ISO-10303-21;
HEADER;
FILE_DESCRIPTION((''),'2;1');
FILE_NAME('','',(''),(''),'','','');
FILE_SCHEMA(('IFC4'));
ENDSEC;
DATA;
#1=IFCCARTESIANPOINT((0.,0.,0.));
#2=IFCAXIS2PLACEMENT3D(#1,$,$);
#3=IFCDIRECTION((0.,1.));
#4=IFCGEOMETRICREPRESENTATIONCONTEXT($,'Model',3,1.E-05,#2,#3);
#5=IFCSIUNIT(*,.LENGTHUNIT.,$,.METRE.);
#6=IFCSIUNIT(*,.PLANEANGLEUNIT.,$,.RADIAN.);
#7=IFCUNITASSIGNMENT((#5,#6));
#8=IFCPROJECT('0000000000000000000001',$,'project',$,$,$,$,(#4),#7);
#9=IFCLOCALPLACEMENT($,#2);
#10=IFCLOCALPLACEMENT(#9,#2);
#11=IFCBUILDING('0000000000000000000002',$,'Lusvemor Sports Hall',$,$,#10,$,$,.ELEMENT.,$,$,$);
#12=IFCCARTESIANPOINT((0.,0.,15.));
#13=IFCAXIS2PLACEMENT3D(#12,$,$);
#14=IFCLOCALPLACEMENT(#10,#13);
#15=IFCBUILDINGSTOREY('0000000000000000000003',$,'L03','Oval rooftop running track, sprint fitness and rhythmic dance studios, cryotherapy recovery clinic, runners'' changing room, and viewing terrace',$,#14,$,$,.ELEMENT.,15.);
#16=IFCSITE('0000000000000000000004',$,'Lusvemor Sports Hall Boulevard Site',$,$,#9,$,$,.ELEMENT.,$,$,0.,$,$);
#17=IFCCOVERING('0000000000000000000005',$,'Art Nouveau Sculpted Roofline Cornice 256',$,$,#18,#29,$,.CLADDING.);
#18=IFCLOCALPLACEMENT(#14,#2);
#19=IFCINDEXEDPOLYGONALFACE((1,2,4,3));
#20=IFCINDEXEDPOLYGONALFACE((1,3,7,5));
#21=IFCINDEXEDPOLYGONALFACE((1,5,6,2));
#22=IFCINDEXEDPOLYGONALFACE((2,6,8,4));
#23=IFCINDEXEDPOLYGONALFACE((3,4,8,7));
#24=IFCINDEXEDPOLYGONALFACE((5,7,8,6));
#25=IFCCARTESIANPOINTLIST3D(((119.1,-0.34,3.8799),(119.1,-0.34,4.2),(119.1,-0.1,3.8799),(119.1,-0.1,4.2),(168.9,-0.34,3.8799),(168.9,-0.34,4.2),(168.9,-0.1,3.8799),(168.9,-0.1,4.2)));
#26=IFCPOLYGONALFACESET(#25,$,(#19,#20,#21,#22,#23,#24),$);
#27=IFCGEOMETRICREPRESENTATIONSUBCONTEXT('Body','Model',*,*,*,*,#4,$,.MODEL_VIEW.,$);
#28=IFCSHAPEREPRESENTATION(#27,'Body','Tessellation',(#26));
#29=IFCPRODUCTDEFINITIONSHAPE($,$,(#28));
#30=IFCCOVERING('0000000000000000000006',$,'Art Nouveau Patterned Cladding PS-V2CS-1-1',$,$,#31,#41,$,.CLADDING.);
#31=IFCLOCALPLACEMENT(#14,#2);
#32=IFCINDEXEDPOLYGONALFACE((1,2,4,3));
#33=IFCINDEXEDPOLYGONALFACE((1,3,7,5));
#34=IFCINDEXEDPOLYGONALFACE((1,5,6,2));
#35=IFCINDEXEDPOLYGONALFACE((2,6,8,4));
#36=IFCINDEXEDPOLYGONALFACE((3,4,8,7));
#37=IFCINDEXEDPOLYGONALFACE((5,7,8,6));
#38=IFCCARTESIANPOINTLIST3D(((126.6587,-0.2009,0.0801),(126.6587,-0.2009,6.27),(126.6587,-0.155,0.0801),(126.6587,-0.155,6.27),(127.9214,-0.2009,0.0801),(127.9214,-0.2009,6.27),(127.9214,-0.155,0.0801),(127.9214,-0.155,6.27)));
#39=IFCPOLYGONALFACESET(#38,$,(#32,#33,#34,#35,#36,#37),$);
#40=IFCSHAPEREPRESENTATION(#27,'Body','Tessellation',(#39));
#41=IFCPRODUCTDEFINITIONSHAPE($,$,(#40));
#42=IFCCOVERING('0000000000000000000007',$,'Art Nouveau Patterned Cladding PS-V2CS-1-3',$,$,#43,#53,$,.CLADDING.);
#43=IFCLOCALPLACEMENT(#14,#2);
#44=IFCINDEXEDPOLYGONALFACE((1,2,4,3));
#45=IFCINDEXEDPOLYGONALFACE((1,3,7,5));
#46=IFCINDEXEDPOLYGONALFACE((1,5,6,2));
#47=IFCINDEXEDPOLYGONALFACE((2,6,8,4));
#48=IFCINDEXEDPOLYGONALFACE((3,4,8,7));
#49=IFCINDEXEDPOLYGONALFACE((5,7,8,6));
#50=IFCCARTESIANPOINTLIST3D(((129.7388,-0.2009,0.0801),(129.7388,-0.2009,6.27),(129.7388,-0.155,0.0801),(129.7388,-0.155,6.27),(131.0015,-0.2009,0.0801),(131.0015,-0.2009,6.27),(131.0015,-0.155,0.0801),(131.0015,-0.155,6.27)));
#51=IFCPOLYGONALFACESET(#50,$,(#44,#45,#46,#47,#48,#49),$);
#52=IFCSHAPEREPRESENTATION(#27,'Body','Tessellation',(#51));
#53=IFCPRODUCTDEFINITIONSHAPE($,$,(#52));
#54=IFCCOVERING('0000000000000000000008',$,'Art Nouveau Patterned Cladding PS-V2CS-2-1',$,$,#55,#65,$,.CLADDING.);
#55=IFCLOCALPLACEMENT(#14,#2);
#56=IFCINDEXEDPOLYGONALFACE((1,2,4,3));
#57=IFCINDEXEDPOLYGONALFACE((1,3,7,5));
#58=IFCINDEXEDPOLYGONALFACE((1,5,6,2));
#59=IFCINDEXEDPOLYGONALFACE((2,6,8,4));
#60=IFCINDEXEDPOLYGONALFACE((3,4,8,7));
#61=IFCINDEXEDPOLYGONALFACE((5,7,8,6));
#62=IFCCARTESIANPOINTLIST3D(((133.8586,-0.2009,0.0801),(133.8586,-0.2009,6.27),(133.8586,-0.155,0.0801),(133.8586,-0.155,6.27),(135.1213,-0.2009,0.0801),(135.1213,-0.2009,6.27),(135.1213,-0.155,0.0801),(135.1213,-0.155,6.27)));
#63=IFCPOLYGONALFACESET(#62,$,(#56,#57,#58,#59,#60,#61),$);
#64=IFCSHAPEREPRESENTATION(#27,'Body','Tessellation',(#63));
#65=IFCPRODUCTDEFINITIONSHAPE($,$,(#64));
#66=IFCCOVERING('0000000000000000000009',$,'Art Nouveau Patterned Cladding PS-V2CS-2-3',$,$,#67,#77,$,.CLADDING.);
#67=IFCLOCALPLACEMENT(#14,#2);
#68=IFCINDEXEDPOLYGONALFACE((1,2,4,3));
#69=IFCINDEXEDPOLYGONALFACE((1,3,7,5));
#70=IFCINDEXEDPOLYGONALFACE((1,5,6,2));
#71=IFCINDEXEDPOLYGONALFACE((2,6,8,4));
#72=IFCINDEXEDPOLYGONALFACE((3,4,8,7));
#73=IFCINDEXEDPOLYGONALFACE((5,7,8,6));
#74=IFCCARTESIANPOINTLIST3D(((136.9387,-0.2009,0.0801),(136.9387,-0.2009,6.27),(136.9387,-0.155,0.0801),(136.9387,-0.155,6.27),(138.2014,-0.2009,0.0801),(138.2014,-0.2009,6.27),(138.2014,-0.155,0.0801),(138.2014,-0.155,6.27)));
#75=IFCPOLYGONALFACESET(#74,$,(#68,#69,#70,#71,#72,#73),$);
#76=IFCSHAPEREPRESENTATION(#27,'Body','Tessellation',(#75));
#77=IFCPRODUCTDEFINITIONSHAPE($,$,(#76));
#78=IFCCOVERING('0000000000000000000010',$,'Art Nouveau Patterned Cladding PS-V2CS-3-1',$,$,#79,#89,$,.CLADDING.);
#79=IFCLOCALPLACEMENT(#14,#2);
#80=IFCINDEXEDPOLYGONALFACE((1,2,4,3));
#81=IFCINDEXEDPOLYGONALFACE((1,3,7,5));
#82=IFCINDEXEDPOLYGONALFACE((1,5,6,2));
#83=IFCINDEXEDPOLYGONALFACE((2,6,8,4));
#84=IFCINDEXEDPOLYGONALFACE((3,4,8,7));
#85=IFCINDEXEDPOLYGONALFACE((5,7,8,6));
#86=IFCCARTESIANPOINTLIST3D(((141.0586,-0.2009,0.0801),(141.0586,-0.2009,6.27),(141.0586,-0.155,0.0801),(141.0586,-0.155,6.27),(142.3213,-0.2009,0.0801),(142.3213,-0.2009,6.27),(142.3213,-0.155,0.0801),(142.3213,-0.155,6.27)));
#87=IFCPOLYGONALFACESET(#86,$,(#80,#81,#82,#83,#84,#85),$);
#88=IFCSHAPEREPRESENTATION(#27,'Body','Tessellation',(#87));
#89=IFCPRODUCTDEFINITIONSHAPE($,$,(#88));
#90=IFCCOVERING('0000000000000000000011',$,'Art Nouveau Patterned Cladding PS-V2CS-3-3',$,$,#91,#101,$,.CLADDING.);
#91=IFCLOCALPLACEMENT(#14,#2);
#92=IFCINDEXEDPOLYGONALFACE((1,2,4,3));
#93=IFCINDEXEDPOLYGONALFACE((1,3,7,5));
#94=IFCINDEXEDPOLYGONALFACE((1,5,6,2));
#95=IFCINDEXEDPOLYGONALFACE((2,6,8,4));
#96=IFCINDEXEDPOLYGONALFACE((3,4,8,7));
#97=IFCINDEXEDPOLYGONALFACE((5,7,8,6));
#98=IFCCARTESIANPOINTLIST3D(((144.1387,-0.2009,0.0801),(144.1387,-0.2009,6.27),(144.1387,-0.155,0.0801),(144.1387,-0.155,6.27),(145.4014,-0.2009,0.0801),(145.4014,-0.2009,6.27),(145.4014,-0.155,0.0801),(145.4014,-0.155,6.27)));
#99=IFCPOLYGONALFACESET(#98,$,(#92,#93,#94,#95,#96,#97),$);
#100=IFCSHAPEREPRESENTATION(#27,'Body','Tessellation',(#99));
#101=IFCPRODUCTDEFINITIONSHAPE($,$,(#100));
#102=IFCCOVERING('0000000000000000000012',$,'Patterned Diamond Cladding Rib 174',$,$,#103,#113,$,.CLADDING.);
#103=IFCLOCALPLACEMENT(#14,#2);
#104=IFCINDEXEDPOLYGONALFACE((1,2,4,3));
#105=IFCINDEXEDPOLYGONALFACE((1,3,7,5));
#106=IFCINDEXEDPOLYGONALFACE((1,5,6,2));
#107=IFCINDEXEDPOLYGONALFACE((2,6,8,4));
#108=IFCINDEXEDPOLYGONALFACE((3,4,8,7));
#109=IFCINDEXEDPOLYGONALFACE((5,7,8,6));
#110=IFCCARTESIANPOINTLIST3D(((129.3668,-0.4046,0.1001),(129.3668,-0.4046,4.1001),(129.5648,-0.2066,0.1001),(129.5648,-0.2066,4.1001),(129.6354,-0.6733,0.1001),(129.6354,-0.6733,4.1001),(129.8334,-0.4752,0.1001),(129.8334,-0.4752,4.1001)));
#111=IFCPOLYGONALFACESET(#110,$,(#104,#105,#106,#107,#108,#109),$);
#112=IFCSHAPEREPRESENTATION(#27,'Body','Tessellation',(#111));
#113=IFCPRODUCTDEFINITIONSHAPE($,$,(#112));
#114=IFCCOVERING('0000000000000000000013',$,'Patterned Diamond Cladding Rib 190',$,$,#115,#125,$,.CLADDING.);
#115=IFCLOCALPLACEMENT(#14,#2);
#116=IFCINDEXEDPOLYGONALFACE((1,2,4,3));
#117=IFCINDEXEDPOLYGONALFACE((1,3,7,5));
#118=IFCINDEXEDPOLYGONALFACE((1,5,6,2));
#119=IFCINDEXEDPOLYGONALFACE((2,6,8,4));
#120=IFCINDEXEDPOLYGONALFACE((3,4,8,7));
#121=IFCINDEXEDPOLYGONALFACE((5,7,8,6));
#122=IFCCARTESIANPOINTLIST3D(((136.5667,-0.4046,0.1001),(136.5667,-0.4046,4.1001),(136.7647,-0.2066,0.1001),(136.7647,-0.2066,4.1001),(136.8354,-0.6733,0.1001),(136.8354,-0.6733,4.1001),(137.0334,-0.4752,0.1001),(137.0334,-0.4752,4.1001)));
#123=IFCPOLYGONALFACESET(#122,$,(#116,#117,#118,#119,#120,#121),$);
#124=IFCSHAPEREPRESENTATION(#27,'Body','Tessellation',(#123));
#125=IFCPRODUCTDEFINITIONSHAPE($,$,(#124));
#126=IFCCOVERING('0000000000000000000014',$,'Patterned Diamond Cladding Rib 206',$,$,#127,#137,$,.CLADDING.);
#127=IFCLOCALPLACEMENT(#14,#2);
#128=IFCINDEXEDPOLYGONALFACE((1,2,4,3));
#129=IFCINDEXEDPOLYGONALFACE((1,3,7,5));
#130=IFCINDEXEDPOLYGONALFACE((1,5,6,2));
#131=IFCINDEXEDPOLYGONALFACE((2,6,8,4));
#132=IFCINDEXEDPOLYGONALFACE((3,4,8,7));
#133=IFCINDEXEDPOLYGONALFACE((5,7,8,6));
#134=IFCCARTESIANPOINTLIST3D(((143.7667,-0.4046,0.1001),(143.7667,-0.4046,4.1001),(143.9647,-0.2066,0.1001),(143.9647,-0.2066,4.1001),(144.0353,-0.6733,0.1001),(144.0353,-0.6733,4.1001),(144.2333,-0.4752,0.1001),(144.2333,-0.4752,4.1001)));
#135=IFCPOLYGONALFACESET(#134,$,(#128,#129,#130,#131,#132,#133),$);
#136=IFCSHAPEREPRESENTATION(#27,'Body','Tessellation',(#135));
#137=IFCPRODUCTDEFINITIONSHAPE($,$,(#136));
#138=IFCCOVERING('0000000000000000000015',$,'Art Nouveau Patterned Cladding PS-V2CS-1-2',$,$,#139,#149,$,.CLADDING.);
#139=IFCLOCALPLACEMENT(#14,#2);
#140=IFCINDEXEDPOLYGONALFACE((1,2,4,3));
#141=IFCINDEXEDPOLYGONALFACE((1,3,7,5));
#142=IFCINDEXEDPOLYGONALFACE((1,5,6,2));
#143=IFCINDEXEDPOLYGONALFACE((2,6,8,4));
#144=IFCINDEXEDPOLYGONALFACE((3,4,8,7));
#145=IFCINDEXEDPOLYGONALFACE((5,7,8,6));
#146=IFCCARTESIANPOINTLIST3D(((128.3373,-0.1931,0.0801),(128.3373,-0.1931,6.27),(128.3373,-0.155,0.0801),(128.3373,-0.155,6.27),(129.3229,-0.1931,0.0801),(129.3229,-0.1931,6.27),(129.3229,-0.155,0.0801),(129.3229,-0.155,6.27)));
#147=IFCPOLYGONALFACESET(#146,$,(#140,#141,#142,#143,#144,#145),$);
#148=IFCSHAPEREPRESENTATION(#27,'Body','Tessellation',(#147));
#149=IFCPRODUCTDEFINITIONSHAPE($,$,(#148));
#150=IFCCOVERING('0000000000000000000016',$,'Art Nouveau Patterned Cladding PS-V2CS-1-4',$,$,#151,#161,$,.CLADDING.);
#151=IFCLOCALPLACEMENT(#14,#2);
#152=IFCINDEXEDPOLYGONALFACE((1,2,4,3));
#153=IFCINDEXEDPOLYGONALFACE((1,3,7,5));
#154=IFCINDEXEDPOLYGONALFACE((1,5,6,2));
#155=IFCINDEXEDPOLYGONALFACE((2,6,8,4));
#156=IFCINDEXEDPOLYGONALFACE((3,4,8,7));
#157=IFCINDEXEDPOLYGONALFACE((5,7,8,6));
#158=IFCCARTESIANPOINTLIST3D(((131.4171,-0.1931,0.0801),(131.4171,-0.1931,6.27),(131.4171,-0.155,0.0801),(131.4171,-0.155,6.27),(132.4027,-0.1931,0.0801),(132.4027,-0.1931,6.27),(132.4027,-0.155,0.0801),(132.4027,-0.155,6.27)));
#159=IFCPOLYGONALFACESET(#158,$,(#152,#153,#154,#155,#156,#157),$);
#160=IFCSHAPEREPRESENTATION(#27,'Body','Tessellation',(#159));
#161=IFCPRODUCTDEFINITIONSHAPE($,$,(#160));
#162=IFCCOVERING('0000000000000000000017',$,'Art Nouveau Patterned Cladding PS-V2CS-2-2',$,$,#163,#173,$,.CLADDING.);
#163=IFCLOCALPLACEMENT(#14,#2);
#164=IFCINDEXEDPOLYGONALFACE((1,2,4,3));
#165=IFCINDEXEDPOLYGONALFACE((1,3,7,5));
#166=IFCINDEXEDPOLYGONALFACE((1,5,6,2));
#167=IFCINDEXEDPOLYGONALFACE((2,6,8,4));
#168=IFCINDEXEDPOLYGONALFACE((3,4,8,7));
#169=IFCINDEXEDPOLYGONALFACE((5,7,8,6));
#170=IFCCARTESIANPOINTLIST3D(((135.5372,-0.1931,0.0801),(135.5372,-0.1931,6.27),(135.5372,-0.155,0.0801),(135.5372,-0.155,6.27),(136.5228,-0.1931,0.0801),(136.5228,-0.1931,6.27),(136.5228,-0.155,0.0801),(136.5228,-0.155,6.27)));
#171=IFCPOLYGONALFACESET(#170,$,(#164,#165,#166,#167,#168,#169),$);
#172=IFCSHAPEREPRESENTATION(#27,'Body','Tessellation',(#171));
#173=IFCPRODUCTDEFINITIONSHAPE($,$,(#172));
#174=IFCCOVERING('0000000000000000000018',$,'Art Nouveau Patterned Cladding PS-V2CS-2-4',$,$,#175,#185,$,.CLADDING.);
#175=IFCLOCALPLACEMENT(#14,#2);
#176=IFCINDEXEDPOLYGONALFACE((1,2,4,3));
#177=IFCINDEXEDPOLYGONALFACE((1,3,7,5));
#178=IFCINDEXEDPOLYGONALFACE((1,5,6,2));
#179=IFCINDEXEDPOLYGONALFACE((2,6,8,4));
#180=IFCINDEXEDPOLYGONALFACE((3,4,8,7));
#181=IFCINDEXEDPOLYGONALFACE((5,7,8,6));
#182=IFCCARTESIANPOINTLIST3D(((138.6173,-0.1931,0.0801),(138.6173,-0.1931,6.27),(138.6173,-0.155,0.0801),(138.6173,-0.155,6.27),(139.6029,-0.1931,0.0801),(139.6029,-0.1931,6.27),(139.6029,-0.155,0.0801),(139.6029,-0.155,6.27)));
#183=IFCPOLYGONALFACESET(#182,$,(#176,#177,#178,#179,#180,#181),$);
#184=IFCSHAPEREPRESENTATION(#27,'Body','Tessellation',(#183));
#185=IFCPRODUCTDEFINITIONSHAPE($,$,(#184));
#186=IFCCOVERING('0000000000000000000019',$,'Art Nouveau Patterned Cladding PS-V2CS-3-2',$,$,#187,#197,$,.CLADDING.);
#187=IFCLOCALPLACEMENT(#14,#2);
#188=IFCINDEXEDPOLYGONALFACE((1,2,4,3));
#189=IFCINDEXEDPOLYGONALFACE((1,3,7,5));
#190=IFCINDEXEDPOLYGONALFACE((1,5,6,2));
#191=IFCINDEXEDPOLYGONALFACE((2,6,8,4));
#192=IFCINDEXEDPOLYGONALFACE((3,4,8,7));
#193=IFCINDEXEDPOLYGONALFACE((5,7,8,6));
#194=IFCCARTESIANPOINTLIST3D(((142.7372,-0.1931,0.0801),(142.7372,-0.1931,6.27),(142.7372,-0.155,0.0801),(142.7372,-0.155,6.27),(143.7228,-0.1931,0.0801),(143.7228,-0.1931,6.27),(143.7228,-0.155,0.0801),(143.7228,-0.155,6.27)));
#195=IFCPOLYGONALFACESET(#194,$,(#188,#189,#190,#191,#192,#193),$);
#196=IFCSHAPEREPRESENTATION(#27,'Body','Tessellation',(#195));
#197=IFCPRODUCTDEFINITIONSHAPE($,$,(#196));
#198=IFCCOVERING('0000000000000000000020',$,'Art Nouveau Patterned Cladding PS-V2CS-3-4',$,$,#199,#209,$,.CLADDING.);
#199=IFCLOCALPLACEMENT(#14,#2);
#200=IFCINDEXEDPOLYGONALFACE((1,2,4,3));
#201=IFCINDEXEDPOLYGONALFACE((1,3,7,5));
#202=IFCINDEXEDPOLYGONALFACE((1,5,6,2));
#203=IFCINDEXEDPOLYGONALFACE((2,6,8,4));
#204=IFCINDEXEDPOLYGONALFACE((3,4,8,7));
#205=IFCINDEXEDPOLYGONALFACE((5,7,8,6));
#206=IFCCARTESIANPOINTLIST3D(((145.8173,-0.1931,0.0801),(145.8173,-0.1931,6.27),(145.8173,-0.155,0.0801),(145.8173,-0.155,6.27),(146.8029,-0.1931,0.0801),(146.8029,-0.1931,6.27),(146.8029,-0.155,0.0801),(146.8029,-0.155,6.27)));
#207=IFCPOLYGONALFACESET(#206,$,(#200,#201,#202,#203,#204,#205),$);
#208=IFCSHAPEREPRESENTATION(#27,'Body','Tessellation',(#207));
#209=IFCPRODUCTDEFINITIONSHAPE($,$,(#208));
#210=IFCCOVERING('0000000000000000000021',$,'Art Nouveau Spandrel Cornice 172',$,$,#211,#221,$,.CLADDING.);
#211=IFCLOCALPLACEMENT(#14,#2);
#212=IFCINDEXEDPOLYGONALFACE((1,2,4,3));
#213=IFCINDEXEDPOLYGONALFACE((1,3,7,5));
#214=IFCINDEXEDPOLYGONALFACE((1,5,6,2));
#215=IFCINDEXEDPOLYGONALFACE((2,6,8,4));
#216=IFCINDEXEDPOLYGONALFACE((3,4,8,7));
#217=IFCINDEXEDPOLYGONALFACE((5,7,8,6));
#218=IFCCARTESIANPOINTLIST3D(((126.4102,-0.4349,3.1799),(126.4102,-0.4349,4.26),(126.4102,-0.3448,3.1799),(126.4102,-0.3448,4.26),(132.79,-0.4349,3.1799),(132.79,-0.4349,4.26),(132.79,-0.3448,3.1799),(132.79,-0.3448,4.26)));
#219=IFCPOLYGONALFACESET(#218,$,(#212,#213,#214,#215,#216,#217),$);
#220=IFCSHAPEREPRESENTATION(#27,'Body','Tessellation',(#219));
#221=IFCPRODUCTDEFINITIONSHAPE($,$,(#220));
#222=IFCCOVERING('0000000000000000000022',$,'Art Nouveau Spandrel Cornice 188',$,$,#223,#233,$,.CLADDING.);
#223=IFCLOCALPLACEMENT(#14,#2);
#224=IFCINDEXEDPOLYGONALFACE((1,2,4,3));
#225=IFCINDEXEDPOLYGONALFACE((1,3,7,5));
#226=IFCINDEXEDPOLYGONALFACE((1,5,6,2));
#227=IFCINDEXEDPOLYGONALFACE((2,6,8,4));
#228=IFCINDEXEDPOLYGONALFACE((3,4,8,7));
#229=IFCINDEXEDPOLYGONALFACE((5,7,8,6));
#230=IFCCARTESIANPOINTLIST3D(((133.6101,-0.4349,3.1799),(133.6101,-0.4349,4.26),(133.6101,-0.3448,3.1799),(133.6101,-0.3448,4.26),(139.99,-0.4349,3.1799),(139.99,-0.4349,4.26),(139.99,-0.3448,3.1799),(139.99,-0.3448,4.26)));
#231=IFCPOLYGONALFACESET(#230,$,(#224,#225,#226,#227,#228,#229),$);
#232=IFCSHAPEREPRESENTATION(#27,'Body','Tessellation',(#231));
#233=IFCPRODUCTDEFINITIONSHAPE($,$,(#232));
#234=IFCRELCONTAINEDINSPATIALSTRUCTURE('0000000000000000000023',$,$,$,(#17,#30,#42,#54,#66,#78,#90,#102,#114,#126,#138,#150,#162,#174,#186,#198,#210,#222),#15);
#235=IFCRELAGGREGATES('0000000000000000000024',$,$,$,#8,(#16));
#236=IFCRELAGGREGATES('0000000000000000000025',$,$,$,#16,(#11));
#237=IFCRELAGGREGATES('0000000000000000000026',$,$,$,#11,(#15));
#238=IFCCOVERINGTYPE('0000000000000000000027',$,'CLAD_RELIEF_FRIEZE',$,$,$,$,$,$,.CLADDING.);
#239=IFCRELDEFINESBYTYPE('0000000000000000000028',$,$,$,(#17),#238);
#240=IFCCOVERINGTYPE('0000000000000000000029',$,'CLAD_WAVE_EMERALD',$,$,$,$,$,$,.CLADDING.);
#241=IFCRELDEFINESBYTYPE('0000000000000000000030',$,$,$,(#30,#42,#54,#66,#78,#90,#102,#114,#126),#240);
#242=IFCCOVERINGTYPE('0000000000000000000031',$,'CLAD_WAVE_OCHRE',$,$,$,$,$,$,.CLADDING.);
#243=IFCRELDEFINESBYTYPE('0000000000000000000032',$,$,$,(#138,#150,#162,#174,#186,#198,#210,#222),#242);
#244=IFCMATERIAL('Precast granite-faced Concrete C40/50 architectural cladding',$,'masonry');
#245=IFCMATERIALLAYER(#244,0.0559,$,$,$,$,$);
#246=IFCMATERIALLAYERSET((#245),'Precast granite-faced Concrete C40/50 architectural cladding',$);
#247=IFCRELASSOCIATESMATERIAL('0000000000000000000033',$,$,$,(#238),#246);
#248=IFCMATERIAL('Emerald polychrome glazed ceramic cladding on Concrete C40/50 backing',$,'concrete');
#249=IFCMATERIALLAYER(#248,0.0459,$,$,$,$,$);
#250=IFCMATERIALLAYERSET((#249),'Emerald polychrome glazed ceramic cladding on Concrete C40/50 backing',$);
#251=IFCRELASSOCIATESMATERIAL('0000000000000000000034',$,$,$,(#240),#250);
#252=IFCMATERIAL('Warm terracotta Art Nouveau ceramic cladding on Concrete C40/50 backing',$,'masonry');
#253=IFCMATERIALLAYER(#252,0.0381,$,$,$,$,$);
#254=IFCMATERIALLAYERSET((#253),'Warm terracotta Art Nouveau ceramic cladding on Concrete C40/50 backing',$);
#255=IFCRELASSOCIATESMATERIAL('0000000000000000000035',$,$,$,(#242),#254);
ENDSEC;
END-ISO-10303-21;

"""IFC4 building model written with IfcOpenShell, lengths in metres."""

from ifc_helpers import new_model, si_unit, direction, frame, origin, origin_2d, place, context, subcontext, project, spatial, rectangle, extrude, material, layer, layer_set, type_object, element, save


model = new_model("IFC4")

# Units and contexts
model_context = context("Model", 3, precision=1e-05, world=origin(), true_north=direction((0.0, 1.0)))
body_context = subcontext(model_context, "Body", "Model", "MODEL_VIEW")
ifc_project = project(units=[si_unit("LENGTHUNIT", "METRE"), si_unit("PLANEANGLEUNIT", "RADIAN")], contexts=[model_context])

# Site, building, storey
site_placement = place(None, origin())
site = spatial("IfcSite", under=ifc_project, at=site_placement, Name="Lusvemor Sports Hall Boulevard Site", CompositionType="ELEMENT", RefElevation=0.0)
building_placement = place(site_placement, origin())
building = spatial("IfcBuilding", under=site, at=building_placement, Name="Lusvemor Sports Hall", CompositionType="ELEMENT")
storey_placement = place(building_placement, frame((0.0, 0.0, 15.0)))
storey = spatial("IfcBuildingStorey", under=building, at=storey_placement, Name="L03", Description="Oval rooftop running track, sprint fitness and rhythmic dance studios, cryotherapy recovery clinic, runners' changing room, and viewing terrace", CompositionType="ELEMENT", Elevation=15.0)

# Coverings
ifc_material_1 = material(Name="Precast granite-faced Concrete C40/50 architectural cladding", Category="masonry")
ifc_layer_1 = layer(ifc_material_1, 0.0559)
ifc_layer_set_1 = layer_set([ifc_layer_1], Name="Precast granite-faced Concrete C40/50 architectural cladding")
covering_type_1 = type_object("IfcCoveringType", Name="CLAD_RELIEF_FRIEZE", PredefinedType="CLADDING", material=ifc_layer_set_1)
covering_placement = place(storey_placement, frame((144.0, -0.22, 3.8799), z_axis=(0.0, 0.0, 1.0), x_axis=(1.0, 0.0, 0.0)))
element("IfcCovering", 1, at=covering_placement, inside=storey, type_object=covering_type_1, Name="Art Nouveau Sculpted Roofline Cornice 256", PredefinedType="CLADDING", context=body_context, shape_type="SweptSolid", body=[
    extrude(rectangle(XDim=49.8, YDim=0.24, at=origin_2d()), origin(), (0.0, 0.0, 1.0), 0.3201),
])
ifc_material_2 = material(Name="Emerald polychrome glazed ceramic cladding on Concrete C40/50 backing", Category="concrete")
ifc_layer_2 = layer(ifc_material_2, 0.0459)
ifc_layer_set_2 = layer_set([ifc_layer_2], Name="Emerald polychrome glazed ceramic cladding on Concrete C40/50 backing")
covering_type_2 = type_object("IfcCoveringType", Name="CLAD_WAVE_EMERALD", PredefinedType="CLADDING", material=ifc_layer_set_2)
for number, where, z_axis, x_axis, name in (
    (2, (127.29, -0.178, 0.0801), (0.0, 0.0, 1.0), (1.0, 0.0, 0.0), "Art Nouveau Patterned Cladding PS-V2CS-1-1"),
    (3, (130.3701, -0.178, 0.0801), (0.0, 0.0, 1.0), (1.0, 0.0, 0.0), "Art Nouveau Patterned Cladding PS-V2CS-1-3"),
    (4, (134.49, -0.178, 0.0801), (0.0, 0.0, 1.0), (1.0, 0.0, 0.0), "Art Nouveau Patterned Cladding PS-V2CS-2-1"),
    (5, (137.5701, -0.178, 0.0801), (0.0, 0.0, 1.0), (1.0, 0.0, 0.0), "Art Nouveau Patterned Cladding PS-V2CS-2-3"),
    (6, (141.6899, -0.178, 0.0801), (0.0, 0.0, 1.0), (1.0, 0.0, 0.0), "Art Nouveau Patterned Cladding PS-V2CS-3-1"),
    (7, (144.77, -0.178, 0.0801), (0.0, 0.0, 1.0), (1.0, 0.0, 0.0), "Art Nouveau Patterned Cladding PS-V2CS-3-3"),
):
    element("IfcCovering", number, at=place(storey_placement, frame(where, z_axis=z_axis, x_axis=x_axis)), inside=storey, type_object=covering_type_2, Name=name, PredefinedType="CLADDING", context=body_context, shape_type="SweptSolid", body=[
        extrude(rectangle(XDim=1.2627, YDim=0.0459, at=origin_2d()), origin(), (0.0, 0.0, 1.0), 6.1899),
    ])
for number, where, z_axis, x_axis, name in (
    (8, (129.6001, -0.4399, 0.1001), (0.0, 0.0, 1.0), (0.707107, 0.707107, 0.0), "Patterned Diamond Cladding Rib 174"),
    (9, (136.8, -0.4399, 0.1001), (0.0, 0.0, 1.0), (0.707107, 0.707107, 0.0), "Patterned Diamond Cladding Rib 190"),
    (10, (144.0, -0.4399, 0.1001), (0.0, 0.0, 1.0), (0.707107, 0.707107, 0.0), "Patterned Diamond Cladding Rib 206"),
):
    element("IfcCovering", number, at=place(storey_placement, frame(where, z_axis=z_axis, x_axis=x_axis)), inside=storey, type_object=covering_type_2, Name=name, PredefinedType="CLADDING", context=body_context, shape_type="SweptSolid", body=[
        extrude(rectangle(XDim=0.28, YDim=0.3799, at=origin_2d()), origin(), (0.0, 0.0, 1.0), 4.0),
    ])
ifc_material_3 = material(Name="Warm terracotta Art Nouveau ceramic cladding on Concrete C40/50 backing", Category="masonry")
ifc_layer_3 = layer(ifc_material_3, 0.0381)
ifc_layer_set_3 = layer_set([ifc_layer_3], Name="Warm terracotta Art Nouveau ceramic cladding on Concrete C40/50 backing")
covering_type_3 = type_object("IfcCoveringType", Name="CLAD_WAVE_OCHRE", PredefinedType="CLADDING", material=ifc_layer_set_3)
for number, where, z_axis, x_axis, name in (
    (11, (128.8301, -0.1741, 0.0801), (0.0, 0.0, 1.0), (1.0, 0.0, 0.0), "Art Nouveau Patterned Cladding PS-V2CS-1-2"),
    (12, (131.9099, -0.1741, 0.0801), (0.0, 0.0, 1.0), (1.0, 0.0, 0.0), "Art Nouveau Patterned Cladding PS-V2CS-1-4"),
    (13, (136.03, -0.1741, 0.0801), (0.0, 0.0, 1.0), (1.0, 0.0, 0.0), "Art Nouveau Patterned Cladding PS-V2CS-2-2"),
    (14, (139.1101, -0.1741, 0.0801), (0.0, 0.0, 1.0), (1.0, 0.0, 0.0), "Art Nouveau Patterned Cladding PS-V2CS-2-4"),
    (15, (143.23, -0.1741, 0.0801), (0.0, 0.0, 1.0), (1.0, 0.0, 0.0), "Art Nouveau Patterned Cladding PS-V2CS-3-2"),
    (16, (146.3101, -0.1741, 0.0801), (0.0, 0.0, 1.0), (1.0, 0.0, 0.0), "Art Nouveau Patterned Cladding PS-V2CS-3-4"),
):
    element("IfcCovering", number, at=place(storey_placement, frame(where, z_axis=z_axis, x_axis=x_axis)), inside=storey, type_object=covering_type_3, Name=name, PredefinedType="CLADDING", context=body_context, shape_type="SweptSolid", body=[
        extrude(rectangle(XDim=0.9856, YDim=0.0381, at=origin_2d()), origin(), (0.0, 0.0, 1.0), 6.1899),
    ])
for number, where, z_axis, x_axis, name in (
    (17, (129.6001, -0.3899, 3.1799), (0.0, 0.0, 1.0), (1.0, 0.0, 0.0), "Art Nouveau Spandrel Cornice 172"),
    (18, (136.8, -0.3899, 3.1799), (0.0, 0.0, 1.0), (1.0, 0.0, 0.0), "Art Nouveau Spandrel Cornice 188"),
):
    element("IfcCovering", number, at=place(storey_placement, frame(where, z_axis=z_axis, x_axis=x_axis)), inside=storey, type_object=covering_type_3, Name=name, PredefinedType="CLADDING", context=body_context, shape_type="SweptSolid", body=[
        extrude(rectangle(XDim=6.3799, YDim=0.0901, at=origin_2d()), origin(), (0.0, 0.0, 1.0), 1.0801),
    ])

save(model, "model.ifc")
